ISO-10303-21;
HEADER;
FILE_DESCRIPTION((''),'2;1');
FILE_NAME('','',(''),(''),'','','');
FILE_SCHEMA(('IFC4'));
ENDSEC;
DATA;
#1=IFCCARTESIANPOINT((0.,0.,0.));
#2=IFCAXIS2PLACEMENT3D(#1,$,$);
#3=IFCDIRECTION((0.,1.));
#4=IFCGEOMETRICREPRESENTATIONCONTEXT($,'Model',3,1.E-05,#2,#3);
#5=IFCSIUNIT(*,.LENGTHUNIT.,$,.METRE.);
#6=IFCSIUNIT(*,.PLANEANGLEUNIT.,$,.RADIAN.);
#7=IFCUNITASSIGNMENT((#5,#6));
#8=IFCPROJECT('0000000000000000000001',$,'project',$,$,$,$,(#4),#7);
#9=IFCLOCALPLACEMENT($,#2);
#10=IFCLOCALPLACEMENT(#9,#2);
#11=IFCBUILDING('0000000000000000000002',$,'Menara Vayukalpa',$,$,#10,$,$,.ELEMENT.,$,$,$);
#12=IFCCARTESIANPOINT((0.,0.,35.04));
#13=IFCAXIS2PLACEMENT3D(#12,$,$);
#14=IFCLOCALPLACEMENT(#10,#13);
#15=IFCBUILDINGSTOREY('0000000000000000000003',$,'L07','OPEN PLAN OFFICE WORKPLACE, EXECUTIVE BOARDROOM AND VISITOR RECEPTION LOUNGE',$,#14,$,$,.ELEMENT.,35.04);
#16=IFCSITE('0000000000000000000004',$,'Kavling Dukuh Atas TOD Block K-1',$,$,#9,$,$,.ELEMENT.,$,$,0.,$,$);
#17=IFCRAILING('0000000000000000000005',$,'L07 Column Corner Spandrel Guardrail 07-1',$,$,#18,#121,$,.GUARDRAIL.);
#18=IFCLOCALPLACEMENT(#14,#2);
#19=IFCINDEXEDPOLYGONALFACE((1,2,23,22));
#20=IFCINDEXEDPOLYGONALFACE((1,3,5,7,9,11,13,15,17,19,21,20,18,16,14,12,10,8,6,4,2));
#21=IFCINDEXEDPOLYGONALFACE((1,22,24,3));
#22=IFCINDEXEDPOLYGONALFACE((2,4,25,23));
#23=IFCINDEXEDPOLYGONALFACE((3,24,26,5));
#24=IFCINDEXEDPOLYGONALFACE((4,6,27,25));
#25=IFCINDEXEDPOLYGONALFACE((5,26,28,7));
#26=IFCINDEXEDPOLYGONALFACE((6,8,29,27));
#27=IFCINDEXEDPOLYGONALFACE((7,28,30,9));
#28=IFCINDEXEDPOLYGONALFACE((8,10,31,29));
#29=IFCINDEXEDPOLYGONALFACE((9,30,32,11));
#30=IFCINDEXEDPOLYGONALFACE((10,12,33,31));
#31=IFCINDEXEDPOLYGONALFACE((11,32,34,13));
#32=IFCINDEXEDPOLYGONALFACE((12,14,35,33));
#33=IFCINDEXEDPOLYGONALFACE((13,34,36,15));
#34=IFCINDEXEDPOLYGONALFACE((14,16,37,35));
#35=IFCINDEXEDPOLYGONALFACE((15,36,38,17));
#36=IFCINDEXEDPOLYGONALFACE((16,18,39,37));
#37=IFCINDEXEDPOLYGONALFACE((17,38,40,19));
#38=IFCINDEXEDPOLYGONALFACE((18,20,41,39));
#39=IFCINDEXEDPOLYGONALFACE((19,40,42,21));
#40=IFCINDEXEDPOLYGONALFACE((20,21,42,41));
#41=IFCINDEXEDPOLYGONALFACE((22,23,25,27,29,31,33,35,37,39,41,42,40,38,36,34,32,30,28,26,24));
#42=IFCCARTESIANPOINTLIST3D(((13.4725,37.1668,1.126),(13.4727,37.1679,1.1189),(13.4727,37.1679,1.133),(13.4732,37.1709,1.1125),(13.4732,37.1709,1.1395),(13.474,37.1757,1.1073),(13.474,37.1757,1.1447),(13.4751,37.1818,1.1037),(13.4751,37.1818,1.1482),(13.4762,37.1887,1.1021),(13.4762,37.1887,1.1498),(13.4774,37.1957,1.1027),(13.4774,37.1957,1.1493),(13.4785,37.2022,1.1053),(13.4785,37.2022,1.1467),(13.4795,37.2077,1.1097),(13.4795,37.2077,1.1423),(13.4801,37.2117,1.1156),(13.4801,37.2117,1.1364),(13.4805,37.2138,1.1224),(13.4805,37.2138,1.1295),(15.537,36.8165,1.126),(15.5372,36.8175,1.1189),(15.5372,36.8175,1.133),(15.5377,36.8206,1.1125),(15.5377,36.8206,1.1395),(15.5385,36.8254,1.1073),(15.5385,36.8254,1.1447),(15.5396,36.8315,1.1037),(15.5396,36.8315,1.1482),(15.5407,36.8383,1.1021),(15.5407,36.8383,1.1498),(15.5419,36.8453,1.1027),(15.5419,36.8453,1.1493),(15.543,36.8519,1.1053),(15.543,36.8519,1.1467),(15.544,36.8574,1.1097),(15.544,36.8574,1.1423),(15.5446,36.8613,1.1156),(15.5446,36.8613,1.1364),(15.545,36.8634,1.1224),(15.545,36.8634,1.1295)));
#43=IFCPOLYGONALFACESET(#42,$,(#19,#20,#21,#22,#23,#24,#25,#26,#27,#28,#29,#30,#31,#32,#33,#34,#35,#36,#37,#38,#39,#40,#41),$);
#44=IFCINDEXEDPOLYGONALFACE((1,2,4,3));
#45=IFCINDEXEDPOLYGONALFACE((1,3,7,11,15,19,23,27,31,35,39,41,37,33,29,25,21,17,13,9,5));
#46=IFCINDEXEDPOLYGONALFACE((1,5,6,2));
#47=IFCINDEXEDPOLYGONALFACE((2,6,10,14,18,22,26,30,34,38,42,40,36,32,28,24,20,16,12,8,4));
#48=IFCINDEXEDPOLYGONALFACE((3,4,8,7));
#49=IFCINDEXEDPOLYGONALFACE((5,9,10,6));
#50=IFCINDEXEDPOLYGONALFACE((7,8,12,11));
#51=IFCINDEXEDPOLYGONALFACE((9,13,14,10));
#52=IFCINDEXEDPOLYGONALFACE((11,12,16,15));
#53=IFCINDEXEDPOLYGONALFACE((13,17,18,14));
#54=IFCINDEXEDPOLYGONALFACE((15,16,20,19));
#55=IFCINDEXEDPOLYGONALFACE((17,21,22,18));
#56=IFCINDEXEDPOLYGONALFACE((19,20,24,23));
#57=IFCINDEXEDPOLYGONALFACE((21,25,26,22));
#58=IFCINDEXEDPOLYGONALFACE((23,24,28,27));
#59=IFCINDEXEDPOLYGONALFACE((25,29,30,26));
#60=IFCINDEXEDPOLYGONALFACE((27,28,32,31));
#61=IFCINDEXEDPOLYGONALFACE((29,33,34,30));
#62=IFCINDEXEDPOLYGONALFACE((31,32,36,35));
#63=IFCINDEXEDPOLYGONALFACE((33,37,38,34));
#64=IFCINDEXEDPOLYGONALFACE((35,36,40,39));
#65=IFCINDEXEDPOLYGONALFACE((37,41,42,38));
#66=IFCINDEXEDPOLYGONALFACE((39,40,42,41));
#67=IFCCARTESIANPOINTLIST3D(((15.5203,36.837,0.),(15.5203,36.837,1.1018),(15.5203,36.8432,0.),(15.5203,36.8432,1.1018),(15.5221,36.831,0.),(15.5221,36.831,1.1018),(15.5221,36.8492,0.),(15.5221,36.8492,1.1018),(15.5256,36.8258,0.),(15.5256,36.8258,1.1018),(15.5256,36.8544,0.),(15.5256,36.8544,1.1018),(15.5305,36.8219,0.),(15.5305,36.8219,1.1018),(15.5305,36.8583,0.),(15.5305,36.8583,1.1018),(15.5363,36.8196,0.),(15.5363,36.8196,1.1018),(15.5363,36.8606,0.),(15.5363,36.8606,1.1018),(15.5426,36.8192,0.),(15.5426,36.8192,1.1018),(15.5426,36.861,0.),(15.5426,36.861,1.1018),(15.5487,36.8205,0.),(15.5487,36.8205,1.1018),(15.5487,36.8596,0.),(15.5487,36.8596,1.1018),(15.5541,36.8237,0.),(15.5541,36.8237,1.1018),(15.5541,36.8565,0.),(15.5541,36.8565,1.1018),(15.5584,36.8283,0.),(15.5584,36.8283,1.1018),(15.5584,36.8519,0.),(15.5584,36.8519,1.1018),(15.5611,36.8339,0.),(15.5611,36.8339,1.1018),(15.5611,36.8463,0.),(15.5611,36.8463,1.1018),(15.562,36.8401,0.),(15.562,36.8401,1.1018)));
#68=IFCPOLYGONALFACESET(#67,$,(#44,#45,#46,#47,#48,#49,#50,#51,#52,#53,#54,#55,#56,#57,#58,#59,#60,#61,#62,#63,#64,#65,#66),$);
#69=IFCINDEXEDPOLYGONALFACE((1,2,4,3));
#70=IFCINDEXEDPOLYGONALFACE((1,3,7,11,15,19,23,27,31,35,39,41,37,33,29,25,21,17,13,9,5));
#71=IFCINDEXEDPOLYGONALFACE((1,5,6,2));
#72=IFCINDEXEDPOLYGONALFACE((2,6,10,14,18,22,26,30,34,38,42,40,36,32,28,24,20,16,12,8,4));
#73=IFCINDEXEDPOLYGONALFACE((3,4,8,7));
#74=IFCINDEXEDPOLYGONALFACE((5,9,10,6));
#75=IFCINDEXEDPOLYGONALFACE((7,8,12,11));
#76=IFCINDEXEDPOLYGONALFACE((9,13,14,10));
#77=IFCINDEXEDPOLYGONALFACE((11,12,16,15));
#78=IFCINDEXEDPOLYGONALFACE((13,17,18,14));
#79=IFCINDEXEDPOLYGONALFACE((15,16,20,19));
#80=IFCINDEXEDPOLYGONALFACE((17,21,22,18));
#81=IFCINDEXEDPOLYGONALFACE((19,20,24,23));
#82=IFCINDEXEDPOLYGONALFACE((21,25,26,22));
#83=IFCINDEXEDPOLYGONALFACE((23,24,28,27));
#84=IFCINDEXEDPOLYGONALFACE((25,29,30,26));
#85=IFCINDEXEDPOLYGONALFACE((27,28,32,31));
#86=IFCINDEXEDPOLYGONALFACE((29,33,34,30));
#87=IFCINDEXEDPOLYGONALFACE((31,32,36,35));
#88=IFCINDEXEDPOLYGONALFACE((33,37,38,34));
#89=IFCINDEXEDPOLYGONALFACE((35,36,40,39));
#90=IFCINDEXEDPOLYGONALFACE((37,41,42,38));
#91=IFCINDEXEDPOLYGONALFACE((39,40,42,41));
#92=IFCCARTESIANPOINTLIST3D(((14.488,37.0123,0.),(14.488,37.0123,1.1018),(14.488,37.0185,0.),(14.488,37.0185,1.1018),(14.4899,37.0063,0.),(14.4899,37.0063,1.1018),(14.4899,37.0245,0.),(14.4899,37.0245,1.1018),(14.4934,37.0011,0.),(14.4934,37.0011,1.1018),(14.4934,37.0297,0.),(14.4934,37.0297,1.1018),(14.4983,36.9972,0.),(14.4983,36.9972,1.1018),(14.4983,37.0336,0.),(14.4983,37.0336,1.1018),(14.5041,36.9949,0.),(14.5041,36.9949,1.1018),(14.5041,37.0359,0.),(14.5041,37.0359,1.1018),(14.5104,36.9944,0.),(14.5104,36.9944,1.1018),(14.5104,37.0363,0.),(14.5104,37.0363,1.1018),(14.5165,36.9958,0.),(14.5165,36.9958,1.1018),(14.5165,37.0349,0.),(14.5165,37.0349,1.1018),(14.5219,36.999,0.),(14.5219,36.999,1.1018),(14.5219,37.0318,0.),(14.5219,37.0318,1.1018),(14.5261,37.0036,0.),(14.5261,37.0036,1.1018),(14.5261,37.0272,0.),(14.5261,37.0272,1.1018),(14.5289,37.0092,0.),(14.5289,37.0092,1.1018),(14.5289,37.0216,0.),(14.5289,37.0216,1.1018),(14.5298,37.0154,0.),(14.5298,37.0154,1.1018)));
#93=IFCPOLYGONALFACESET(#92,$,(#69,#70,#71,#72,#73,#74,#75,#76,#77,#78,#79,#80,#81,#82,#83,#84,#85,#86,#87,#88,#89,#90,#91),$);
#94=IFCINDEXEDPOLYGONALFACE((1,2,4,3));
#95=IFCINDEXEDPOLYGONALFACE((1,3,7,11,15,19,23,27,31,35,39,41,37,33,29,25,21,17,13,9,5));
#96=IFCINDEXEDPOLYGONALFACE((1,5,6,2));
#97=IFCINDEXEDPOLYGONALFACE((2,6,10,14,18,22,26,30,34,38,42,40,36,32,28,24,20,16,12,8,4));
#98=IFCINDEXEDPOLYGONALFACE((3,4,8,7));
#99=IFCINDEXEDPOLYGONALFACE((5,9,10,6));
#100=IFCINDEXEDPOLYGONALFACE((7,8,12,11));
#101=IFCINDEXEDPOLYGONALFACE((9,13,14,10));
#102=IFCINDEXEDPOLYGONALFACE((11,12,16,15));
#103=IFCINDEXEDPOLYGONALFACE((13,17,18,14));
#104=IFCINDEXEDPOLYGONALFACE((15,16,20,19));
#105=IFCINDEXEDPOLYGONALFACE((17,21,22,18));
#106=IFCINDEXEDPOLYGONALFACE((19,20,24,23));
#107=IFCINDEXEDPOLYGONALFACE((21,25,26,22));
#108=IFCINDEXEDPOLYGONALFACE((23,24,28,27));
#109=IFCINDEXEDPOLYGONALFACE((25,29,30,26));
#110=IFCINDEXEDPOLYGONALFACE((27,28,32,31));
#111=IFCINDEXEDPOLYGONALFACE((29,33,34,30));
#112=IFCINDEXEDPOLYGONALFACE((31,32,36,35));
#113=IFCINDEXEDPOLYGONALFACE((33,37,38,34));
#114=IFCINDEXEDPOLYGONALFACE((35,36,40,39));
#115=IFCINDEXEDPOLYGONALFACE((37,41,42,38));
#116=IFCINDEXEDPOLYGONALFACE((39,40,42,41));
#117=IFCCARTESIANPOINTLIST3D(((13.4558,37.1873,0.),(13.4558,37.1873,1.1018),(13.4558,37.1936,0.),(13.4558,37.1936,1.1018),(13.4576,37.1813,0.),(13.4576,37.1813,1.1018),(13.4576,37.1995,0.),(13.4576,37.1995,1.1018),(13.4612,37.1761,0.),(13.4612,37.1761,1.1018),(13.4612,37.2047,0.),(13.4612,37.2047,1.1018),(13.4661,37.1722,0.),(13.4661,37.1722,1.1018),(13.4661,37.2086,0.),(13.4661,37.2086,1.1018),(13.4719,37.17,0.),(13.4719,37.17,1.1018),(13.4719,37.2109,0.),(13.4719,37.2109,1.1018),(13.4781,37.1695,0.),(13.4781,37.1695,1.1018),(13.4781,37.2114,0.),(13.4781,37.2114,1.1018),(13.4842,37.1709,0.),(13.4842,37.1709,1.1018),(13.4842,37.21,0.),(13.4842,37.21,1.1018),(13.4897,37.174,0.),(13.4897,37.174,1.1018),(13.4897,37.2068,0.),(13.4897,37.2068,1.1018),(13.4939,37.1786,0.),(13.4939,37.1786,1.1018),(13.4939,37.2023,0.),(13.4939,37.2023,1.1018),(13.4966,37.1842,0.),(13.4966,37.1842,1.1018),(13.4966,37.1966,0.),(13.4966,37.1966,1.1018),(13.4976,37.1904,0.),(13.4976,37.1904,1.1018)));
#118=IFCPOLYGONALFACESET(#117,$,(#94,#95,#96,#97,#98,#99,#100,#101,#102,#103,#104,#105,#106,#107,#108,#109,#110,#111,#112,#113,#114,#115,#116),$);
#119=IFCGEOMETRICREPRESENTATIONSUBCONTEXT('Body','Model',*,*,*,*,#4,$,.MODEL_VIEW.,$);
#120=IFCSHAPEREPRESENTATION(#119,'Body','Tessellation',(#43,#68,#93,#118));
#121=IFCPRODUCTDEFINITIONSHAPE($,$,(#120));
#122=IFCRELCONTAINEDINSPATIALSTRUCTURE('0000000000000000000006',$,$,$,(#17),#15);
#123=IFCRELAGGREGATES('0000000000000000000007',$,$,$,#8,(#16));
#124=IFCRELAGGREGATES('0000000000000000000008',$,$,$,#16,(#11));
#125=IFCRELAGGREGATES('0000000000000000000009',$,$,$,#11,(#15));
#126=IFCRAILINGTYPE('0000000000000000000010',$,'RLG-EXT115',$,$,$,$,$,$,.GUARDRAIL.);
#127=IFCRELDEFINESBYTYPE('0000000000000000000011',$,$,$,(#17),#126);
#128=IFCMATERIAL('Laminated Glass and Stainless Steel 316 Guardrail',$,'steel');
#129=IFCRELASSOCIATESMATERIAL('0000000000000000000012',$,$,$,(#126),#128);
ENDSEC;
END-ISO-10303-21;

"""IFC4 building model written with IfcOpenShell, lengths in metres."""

from ifc_helpers import new_model, si_unit, direction, frame, origin, origin_2d, place, context, subcontext, project, spatial, circle, extrude, material, type_object, element, save


model = new_model("IFC4")

# Units and contexts
model_context = context("Model", 3, precision=1e-05, world=origin(), true_north=direction((0.0, 1.0)))
body_context = subcontext(model_context, "Body", "Model", "MODEL_VIEW")
ifc_project = project(units=[si_unit("LENGTHUNIT", "METRE"), si_unit("PLANEANGLEUNIT", "RADIAN")], contexts=[model_context])

# Site, building, storey
site_placement = place(None, origin())
site = spatial("IfcSite", under=ifc_project, at=site_placement, Name="Kavling Dukuh Atas TOD Block K-1", CompositionType="ELEMENT", RefElevation=0.0)
building_placement = place(site_placement, origin())
building = spatial("IfcBuilding", under=site, at=building_placement, Name="Menara Vayukalpa", CompositionType="ELEMENT")
storey_placement = place(building_placement, frame((0.0, 0.0, 35.04)))
storey = spatial("IfcBuildingStorey", under=building, at=storey_placement, Name="L07", Description="OPEN PLAN OFFICE WORKPLACE, EXECUTIVE BOARDROOM AND VISITOR RECEPTION LOUNGE", CompositionType="ELEMENT", Elevation=35.04)

# Railing
ifc_material_1 = material(Name="Laminated Glass and Stainless Steel 316 Guardrail", Category="steel")
railing_type = type_object("IfcRailingType", Name="RLG-EXT115", PredefinedType="GUARDRAIL", material=ifc_material_1)
railing_1_placement = place(storey_placement, frame((15.541, 36.8401, 0.0)))
element("IfcRailing", 1, at=railing_1_placement, inside=storey, type_object=railing_type, Name="L07 Column Corner Spandrel Guardrail 07-1", PredefinedType="GUARDRAIL", context=body_context, shape_type="SweptSolid", body=[
    extrude(circle(Radius=0.0239, at=origin_2d()), frame((0.0, 0.0, 1.126), z_axis=(-0.985904, 0.16731, 0.0), x_axis=(-0.16731, -0.985904, 0.0)), (0.0, 0.0, 1.0), 2.094),
    extrude(circle(Radius=0.021, at=origin_2d()), origin(), (0.0, 0.0, 1.0), 1.1018),
    extrude(circle(Radius=0.021, at=origin_2d()), frame((-1.0322, 0.1753, 0.0)), (0.0, 0.0, 1.0), 1.1018),
    extrude(circle(Radius=0.021, at=origin_2d()), frame((-2.0645, 0.3503, 0.0)), (0.0, 0.0, 1.0), 1.1018),
])

save(model, "model.ifc")
